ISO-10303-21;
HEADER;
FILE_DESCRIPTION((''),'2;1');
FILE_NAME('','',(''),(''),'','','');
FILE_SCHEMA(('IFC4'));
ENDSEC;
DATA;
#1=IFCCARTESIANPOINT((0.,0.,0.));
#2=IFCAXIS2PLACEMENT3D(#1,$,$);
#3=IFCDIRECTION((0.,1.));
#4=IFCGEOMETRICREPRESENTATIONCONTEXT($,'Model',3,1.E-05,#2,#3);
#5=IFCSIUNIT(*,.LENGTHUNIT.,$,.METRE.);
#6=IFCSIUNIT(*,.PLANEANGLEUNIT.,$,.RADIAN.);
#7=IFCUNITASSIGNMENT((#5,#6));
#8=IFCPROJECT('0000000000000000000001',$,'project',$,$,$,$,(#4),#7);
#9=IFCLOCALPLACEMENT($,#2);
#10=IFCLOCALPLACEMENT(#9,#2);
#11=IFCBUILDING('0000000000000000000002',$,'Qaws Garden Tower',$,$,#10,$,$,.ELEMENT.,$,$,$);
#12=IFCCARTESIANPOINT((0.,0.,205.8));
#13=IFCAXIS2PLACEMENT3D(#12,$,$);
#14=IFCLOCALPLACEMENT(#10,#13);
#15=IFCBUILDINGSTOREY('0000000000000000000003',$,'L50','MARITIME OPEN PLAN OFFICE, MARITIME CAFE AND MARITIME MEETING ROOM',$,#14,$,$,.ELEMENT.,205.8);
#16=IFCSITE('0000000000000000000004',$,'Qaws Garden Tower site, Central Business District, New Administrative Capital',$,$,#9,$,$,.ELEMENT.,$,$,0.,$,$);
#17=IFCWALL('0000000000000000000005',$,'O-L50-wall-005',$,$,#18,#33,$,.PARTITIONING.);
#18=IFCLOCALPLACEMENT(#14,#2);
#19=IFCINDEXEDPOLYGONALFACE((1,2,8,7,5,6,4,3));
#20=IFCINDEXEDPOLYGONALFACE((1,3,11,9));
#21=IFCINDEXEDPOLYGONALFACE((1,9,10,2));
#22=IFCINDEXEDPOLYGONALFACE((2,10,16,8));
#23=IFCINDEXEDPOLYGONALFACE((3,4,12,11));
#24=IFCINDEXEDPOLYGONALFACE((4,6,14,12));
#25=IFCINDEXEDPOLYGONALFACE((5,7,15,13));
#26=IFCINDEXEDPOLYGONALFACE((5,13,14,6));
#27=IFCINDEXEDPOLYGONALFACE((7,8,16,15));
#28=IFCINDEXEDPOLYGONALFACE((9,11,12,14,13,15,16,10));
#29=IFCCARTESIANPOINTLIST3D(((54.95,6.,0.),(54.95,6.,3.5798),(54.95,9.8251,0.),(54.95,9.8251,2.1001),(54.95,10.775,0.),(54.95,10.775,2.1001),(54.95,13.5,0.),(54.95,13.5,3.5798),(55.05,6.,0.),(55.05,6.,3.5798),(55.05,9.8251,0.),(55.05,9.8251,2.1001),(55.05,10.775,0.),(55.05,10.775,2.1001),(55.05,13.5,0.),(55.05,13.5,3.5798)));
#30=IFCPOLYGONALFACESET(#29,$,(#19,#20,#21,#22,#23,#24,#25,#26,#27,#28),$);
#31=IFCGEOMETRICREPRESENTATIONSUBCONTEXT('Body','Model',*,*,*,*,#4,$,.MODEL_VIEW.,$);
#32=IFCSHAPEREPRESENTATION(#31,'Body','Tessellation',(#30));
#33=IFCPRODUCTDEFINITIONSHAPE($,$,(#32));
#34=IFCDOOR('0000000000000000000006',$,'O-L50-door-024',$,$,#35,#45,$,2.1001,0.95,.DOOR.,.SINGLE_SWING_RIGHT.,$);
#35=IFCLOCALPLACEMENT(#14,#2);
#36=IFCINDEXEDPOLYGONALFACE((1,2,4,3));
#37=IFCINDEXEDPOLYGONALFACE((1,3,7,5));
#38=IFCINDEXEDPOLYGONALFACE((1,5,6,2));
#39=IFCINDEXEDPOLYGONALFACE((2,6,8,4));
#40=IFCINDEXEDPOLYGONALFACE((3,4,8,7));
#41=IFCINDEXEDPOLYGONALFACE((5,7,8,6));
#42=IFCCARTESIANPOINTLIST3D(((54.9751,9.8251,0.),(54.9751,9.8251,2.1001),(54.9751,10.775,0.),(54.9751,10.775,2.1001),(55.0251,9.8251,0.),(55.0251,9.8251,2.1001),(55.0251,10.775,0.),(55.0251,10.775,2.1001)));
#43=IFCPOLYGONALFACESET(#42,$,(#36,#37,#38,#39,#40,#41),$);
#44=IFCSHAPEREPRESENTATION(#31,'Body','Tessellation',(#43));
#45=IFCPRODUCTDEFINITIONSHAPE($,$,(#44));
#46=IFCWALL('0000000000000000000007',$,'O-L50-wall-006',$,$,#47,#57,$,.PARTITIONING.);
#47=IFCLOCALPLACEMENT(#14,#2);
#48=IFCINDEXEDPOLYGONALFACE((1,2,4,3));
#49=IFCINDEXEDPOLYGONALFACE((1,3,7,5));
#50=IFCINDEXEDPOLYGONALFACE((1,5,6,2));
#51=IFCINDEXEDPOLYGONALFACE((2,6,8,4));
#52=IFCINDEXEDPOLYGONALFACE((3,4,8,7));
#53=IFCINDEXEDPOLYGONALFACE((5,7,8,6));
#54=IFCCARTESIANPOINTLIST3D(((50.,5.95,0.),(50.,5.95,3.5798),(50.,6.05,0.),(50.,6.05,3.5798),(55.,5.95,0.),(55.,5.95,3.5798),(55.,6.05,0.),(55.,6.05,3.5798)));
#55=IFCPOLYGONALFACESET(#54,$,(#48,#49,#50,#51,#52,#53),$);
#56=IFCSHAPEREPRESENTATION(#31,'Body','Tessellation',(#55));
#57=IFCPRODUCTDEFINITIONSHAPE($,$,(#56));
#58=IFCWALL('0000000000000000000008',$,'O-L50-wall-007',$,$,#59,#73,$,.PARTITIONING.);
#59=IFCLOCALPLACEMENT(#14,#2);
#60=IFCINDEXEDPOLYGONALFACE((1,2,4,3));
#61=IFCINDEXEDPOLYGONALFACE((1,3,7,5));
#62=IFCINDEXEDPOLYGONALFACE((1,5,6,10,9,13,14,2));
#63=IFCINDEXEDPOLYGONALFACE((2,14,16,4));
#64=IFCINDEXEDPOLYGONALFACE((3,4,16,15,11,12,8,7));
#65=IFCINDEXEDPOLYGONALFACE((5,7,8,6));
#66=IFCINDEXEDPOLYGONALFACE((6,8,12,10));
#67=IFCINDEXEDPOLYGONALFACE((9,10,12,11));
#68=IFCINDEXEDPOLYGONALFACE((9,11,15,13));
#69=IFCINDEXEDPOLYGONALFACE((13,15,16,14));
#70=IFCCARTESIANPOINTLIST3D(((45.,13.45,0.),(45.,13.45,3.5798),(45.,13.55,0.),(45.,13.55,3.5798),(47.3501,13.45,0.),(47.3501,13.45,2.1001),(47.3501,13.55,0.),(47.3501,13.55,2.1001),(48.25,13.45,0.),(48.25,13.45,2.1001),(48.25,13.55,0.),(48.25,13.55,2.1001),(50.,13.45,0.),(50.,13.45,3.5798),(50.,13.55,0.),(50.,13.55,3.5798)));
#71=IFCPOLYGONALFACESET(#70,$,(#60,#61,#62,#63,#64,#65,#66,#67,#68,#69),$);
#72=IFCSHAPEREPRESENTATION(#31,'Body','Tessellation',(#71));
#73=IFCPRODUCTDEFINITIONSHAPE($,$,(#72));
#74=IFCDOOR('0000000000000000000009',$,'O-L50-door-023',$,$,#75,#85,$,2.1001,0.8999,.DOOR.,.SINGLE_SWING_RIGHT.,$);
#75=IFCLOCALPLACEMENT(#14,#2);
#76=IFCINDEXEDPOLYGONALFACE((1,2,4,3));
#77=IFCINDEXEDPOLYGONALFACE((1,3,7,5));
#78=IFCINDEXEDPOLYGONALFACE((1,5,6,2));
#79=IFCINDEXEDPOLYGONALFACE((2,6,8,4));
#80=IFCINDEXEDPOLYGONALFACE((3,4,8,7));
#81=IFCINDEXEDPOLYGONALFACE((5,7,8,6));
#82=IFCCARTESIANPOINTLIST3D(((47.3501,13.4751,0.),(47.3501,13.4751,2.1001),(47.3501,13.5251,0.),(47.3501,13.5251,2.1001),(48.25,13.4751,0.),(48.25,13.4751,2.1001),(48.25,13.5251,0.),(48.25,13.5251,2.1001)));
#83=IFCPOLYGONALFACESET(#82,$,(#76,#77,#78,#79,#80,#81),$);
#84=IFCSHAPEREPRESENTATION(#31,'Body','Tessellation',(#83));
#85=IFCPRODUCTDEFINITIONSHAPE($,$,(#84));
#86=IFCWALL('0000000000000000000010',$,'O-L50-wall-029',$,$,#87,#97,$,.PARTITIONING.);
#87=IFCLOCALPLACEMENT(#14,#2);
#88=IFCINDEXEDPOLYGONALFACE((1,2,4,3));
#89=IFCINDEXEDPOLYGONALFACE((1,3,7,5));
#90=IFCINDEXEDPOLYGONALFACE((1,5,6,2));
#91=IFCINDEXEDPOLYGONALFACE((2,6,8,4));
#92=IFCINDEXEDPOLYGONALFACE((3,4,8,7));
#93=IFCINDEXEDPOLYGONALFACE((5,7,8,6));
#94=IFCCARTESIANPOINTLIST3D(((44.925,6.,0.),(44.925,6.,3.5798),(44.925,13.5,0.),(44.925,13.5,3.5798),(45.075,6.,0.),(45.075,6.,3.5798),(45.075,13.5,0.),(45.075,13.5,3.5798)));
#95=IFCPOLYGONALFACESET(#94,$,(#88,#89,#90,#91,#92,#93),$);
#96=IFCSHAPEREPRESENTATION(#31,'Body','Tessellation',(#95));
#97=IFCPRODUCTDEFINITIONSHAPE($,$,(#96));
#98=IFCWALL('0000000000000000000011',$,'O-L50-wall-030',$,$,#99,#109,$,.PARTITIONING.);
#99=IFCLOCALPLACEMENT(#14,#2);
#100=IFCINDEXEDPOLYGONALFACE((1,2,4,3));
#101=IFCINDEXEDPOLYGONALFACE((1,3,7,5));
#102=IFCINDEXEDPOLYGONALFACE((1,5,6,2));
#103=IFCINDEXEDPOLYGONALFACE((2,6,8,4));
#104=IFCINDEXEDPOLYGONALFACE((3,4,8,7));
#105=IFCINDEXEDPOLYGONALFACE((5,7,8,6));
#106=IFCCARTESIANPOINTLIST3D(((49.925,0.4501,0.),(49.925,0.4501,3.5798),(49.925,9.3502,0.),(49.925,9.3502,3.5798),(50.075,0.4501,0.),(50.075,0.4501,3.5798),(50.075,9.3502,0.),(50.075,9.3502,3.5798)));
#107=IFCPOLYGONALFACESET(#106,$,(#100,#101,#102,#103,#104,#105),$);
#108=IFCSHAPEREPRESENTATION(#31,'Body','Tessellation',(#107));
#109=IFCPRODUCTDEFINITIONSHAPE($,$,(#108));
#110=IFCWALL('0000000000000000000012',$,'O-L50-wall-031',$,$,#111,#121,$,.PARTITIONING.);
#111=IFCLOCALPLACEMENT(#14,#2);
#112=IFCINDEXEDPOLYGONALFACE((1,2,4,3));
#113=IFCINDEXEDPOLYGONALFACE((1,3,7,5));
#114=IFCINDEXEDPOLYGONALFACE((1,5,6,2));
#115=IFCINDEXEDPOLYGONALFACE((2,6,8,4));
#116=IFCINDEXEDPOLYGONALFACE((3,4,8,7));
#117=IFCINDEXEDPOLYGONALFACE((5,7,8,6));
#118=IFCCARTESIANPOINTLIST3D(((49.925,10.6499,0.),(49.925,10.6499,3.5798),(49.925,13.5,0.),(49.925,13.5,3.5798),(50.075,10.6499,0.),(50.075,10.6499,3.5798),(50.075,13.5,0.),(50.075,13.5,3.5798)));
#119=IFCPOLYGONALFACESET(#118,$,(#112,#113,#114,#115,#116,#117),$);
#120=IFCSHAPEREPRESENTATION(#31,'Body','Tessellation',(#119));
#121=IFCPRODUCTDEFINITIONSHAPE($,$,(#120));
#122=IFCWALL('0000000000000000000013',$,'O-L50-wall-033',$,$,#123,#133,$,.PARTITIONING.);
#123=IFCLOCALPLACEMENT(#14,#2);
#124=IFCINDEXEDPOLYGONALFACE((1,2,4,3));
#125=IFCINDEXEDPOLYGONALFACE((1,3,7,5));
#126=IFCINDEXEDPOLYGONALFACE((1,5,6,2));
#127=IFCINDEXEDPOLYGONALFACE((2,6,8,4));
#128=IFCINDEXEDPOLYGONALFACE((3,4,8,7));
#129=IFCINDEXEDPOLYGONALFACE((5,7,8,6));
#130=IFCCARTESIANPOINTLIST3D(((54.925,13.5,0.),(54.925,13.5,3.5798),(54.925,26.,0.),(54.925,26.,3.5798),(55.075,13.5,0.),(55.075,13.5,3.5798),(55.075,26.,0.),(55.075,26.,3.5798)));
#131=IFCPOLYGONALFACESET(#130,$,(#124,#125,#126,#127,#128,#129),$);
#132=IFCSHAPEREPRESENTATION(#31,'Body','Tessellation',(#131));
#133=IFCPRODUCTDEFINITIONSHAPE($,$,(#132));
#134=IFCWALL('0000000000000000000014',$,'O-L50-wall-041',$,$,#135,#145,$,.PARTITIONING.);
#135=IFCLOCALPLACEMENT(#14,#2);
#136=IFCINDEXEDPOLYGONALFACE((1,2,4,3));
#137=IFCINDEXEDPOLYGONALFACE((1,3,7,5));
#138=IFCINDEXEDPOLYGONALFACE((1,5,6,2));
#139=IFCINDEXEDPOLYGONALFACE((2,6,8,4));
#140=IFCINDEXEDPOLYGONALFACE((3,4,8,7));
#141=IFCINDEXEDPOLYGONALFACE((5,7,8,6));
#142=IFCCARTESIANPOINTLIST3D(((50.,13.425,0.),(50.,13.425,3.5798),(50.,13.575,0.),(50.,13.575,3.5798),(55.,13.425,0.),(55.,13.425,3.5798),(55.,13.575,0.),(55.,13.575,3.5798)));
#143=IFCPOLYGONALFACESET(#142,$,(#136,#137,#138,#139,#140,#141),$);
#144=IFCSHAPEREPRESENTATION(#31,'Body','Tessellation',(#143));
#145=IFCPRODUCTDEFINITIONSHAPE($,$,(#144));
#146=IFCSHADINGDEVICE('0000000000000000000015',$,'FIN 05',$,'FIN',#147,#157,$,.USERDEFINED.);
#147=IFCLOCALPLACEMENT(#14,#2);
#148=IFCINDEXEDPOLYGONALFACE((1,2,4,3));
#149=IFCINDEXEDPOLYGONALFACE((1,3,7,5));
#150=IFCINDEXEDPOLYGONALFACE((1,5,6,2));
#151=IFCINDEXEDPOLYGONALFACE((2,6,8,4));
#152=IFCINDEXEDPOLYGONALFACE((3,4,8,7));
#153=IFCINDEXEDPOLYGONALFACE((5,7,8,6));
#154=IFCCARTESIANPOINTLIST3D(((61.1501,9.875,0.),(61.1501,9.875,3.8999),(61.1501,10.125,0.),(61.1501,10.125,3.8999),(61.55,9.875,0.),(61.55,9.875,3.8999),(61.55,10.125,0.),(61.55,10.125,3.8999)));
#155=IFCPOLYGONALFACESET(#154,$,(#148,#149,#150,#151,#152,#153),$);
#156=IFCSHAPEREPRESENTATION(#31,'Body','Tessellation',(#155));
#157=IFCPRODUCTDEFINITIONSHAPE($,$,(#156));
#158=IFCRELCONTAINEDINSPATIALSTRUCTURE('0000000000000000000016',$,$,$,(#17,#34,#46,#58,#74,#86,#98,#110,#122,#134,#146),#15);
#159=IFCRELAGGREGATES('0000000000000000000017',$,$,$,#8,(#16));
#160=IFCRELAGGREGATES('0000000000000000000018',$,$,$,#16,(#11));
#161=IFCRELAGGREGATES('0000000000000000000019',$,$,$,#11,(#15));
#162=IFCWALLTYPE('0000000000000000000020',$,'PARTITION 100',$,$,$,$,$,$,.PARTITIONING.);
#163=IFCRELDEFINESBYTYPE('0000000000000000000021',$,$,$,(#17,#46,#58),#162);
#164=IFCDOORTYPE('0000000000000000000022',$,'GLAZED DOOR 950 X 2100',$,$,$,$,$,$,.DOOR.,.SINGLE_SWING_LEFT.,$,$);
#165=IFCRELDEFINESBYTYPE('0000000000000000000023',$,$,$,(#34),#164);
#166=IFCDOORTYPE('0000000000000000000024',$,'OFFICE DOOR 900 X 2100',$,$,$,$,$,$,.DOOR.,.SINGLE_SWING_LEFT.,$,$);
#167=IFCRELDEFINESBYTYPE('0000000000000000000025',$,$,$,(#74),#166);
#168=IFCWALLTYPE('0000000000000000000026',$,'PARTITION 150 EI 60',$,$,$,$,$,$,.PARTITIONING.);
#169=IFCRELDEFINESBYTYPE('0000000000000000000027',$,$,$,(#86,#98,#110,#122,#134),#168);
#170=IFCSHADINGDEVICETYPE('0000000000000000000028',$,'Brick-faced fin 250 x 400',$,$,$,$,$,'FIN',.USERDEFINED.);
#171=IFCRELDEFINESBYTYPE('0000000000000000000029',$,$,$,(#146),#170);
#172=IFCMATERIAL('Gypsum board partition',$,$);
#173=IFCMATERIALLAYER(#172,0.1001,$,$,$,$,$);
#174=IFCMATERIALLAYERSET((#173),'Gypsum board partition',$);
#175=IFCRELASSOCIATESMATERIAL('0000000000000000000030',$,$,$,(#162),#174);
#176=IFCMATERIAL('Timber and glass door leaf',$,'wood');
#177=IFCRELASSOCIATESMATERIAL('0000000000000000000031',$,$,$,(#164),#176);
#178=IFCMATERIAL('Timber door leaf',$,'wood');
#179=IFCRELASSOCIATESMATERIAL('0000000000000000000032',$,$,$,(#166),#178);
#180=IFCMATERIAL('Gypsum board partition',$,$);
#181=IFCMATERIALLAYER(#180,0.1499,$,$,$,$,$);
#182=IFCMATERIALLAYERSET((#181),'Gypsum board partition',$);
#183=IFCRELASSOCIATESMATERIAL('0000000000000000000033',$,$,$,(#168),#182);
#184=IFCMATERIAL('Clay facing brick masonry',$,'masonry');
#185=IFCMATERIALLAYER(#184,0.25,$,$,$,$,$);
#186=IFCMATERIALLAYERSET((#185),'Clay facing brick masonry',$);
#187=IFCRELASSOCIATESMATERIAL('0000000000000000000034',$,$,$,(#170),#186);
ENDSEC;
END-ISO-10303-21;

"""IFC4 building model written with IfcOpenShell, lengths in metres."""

from ifc_helpers import new_model, si_unit, direction, frame, frame_2d, origin, origin_2d, place, context, subcontext, project, spatial, rectangle, extrude, material, layer, layer_set, type_object, element, fill, save


model = new_model("IFC4")

# Units and contexts
model_context = context("Model", 3, precision=1e-05, world=origin(), true_north=direction((0.0, 1.0)))
body_context = subcontext(model_context, "Body", "Model", "MODEL_VIEW")
ifc_project = project(units=[si_unit("LENGTHUNIT", "METRE"), si_unit("PLANEANGLEUNIT", "RADIAN")], contexts=[model_context])

# Site, building, storey
site_placement = place(None, origin())
site = spatial("IfcSite", under=ifc_project, at=site_placement, Name="Qaws Garden Tower site, Central Business District, New Administrative Capital", CompositionType="ELEMENT", RefElevation=0.0)
building_placement = place(site_placement, origin())
building = spatial("IfcBuilding", under=site, at=building_placement, Name="Qaws Garden Tower", CompositionType="ELEMENT")
storey_placement = place(building_placement, frame((0.0, 0.0, 205.8)))
storey = spatial("IfcBuildingStorey", under=building, at=storey_placement, Name="L50", Description="MARITIME OPEN PLAN OFFICE, MARITIME CAFE AND MARITIME MEETING ROOM", CompositionType="ELEMENT", Elevation=205.8)

# Wall, opening, door
ifc_material_1 = material(Name="Gypsum board partition")
ifc_layer_1 = layer(ifc_material_1, 0.1001)
ifc_layer_set_1 = layer_set([ifc_layer_1], Name="Gypsum board partition")
wall_type_1 = type_object("IfcWallType", Name="PARTITION 100", PredefinedType="PARTITIONING", material=ifc_layer_set_1)
wall_1_placement = place(storey_placement, frame((55.0, 6.0, 0.0), z_axis=(0.0, 0.0, 1.0), x_axis=(0.0, 1.0, 0.0)))
wall_1 = element("IfcWall", 1, at=wall_1_placement, inside=storey, type_object=wall_type_1, Name="O-L50-wall-005", PredefinedType="PARTITIONING", context=body_context, shape_type="SweptSolid", body=[
    extrude(rectangle(XDim=7.5, YDim=0.1001, at=frame_2d((3.75, 0.0))), origin(), (0.0, 0.0, 1.0), 3.5798),
])
opening_1_placement = place(wall_1_placement, frame((3.825, 0.0, 0.0)))
opening_1 = element("IfcOpeningElement", 2, at=opening_1_placement, cuts=wall_1, PredefinedType="OPENING", context=body_context, shape_type="SweptSolid", body=[
    extrude(rectangle(XDim=0.95, YDim=2.1001, at=frame_2d((0.4751, 1.05))), frame((0.0, 0.0601, 0.0), z_axis=(0.0, -1.0, 0.0), x_axis=(1.0, 0.0, 0.0)), (0.0, 0.0, 1.0), 0.1201),
])
ifc_material_2 = material(Name="Timber and glass door leaf", Category="wood")
door_type_1 = type_object("IfcDoorType", Name="GLAZED DOOR 950 X 2100", OperationType="SINGLE_SWING_LEFT", PredefinedType="DOOR", material=ifc_material_2)
door_1_placement = place(opening_1_placement, origin())
door_1 = element("IfcDoor", 3, at=door_1_placement, inside=storey, type_object=door_type_1, Name="O-L50-door-024", OperationType="SINGLE_SWING_RIGHT", OverallHeight=2.1001, OverallWidth=0.95, PredefinedType="DOOR", context=body_context, shape_type="SweptSolid", body=[
    extrude(rectangle(XDim=0.95, YDim=2.1001, at=frame_2d((0.4751, 1.05))), frame((0.0, 0.0249, 0.0), z_axis=(0.0, -1.0, 0.0), x_axis=(1.0, 0.0, 0.0)), (0.0, 0.0, 1.0), 0.05),
])
fill(opening_1, door_1)

# Wall
wall_2_placement = place(storey_placement, frame((50.0, 6.0, 0.0), z_axis=(0.0, 0.0, 1.0), x_axis=(1.0, 0.0, 0.0)))
element("IfcWall", 4, at=wall_2_placement, inside=storey, type_object=wall_type_1, Name="O-L50-wall-006", PredefinedType="PARTITIONING", context=body_context, shape_type="SweptSolid", body=[
    extrude(rectangle(XDim=5.0, YDim=0.1001, at=frame_2d((2.5, 0.0))), origin(), (0.0, 0.0, 1.0), 3.5798),
])

# Wall, opening, door
wall_3_placement = place(storey_placement, frame((45.0, 13.5, 0.0), z_axis=(0.0, 0.0, 1.0), x_axis=(1.0, 0.0, 0.0)))
wall_3 = element("IfcWall", 5, at=wall_3_placement, inside=storey, type_object=wall_type_1, Name="O-L50-wall-007", PredefinedType="PARTITIONING", context=body_context, shape_type="SweptSolid", body=[
    extrude(rectangle(XDim=5.0, YDim=0.1001, at=frame_2d((2.5, 0.0))), origin(), (0.0, 0.0, 1.0), 3.5798),
])
opening_2_placement = place(wall_3_placement, frame((2.3501, 0.0, 0.0)))
opening_2 = element("IfcOpeningElement", 6, at=opening_2_placement, cuts=wall_3, PredefinedType="OPENING", context=body_context, shape_type="SweptSolid", body=[
    extrude(rectangle(XDim=0.8999, YDim=2.1001, at=frame_2d((0.45, 1.05))), frame((0.0, 0.0601, 0.0), z_axis=(0.0, -1.0, 0.0), x_axis=(1.0, 0.0, 0.0)), (0.0, 0.0, 1.0), 0.1201),
])
ifc_material_3 = material(Name="Timber door leaf", Category="wood")
door_type_2 = type_object("IfcDoorType", Name="OFFICE DOOR 900 X 2100", OperationType="SINGLE_SWING_LEFT", PredefinedType="DOOR", material=ifc_material_3)
door_2_placement = place(opening_2_placement, frame((0.8999, 0.0, 0.0), z_axis=(0.0, 0.0, 1.0), x_axis=(-1.0, 0.0, 0.0)))
door_2 = element("IfcDoor", 7, at=door_2_placement, inside=storey, type_object=door_type_2, Name="O-L50-door-023", OperationType="SINGLE_SWING_RIGHT", OverallHeight=2.1001, OverallWidth=0.8999, PredefinedType="DOOR", context=body_context, shape_type="SweptSolid", body=[
    extrude(rectangle(XDim=0.8999, YDim=2.1001, at=frame_2d((0.45, 1.05))), frame((0.0, 0.0249, 0.0), z_axis=(0.0, -1.0, 0.0), x_axis=(1.0, 0.0, 0.0)), (0.0, 0.0, 1.0), 0.05),
])
fill(opening_2, door_2)

# Walls
ifc_material_4 = material(Name="Gypsum board partition")
ifc_layer_2 = layer(ifc_material_4, 0.1499)
ifc_layer_set_2 = layer_set([ifc_layer_2], Name="Gypsum board partition")
wall_type_2 = type_object("IfcWallType", Name="PARTITION 150 EI 60", PredefinedType="PARTITIONING", material=ifc_layer_set_2)
wall_4_placement = place(storey_placement, frame((45.0, 6.0, 0.0), z_axis=(0.0, 0.0, 1.0), x_axis=(0.0, 1.0, 0.0)))
element("IfcWall", 8, at=wall_4_placement, inside=storey, type_object=wall_type_2, Name="O-L50-wall-029", PredefinedType="PARTITIONING", context=body_context, shape_type="SweptSolid", body=[
    extrude(rectangle(XDim=7.5, YDim=0.1499, at=frame_2d((3.75, 0.0))), origin(), (0.0, 0.0, 1.0), 3.5798),
])
wall_5_placement = place(storey_placement, frame((50.0, 0.45, 0.0), z_axis=(0.0, 0.0, 1.0), x_axis=(0.0, 1.0, 0.0)))
element("IfcWall", 9, at=wall_5_placement, inside=storey, type_object=wall_type_2, Name="O-L50-wall-030", PredefinedType="PARTITIONING", context=body_context, shape_type="SweptSolid", body=[
    extrude(rectangle(XDim=8.9001, YDim=0.1499, at=frame_2d((4.4502, 0.0))), origin(), (0.0, 0.0, 1.0), 3.5798),
])
wall_6_placement = place(storey_placement, frame((50.0, 10.6499, 0.0), z_axis=(0.0, 0.0, 1.0), x_axis=(0.0, 1.0, 0.0)))
element("IfcWall", 10, at=wall_6_placement, inside=storey, type_object=wall_type_2, Name="O-L50-wall-031", PredefinedType="PARTITIONING", context=body_context, shape_type="SweptSolid", body=[
    extrude(rectangle(XDim=2.8501, YDim=0.1499, at=frame_2d((1.425, 0.0))), origin(), (0.0, 0.0, 1.0), 3.5798),
])
wall_7_placement = place(storey_placement, frame((55.0, 13.5, 0.0), z_axis=(0.0, 0.0, 1.0), x_axis=(0.0, 1.0, 0.0)))
element("IfcWall", 11, at=wall_7_placement, inside=storey, type_object=wall_type_2, Name="O-L50-wall-033", PredefinedType="PARTITIONING", context=body_context, shape_type="SweptSolid", body=[
    extrude(rectangle(XDim=12.5, YDim=0.1499, at=frame_2d((6.25, 0.0))), origin(), (0.0, 0.0, 1.0), 3.5798),
])
wall_8_placement = place(storey_placement, frame((50.0, 13.5, 0.0), z_axis=(0.0, 0.0, 1.0), x_axis=(1.0, 0.0, 0.0)))
element("IfcWall", 12, at=wall_8_placement, inside=storey, type_object=wall_type_2, Name="O-L50-wall-041", PredefinedType="PARTITIONING", context=body_context, shape_type="SweptSolid", body=[
    extrude(rectangle(XDim=5.0, YDim=0.1499, at=frame_2d((2.5, 0.0))), origin(), (0.0, 0.0, 1.0), 3.5798),
])

# Shading device
ifc_material_5 = material(Name="Clay facing brick masonry", Category="masonry")
ifc_layer_3 = layer(ifc_material_5, 0.25)
ifc_layer_set_3 = layer_set([ifc_layer_3], Name="Clay facing brick masonry")
shading_device_type = type_object("IfcShadingDeviceType", Name="Brick-faced fin 250 x 400", ElementType="FIN", PredefinedType="USERDEFINED", material=ifc_layer_set_3)
shading_device_placement = place(storey_placement, frame((61.3501, 10.0, 0.0), z_axis=(0.0, 0.0, 1.0), x_axis=(0.0, 1.0, 0.0)))
element("IfcShadingDevice", 13, at=shading_device_placement, inside=storey, type_object=shading_device_type, Name="FIN 05", ObjectType="FIN", PredefinedType="USERDEFINED", context=body_context, shape_type="SweptSolid", body=[
    extrude(rectangle(XDim=0.25, YDim=0.3999, at=origin_2d()), origin(), (0.0, 0.0, 1.0), 3.8999),
])

save(model, "model.ifc")
